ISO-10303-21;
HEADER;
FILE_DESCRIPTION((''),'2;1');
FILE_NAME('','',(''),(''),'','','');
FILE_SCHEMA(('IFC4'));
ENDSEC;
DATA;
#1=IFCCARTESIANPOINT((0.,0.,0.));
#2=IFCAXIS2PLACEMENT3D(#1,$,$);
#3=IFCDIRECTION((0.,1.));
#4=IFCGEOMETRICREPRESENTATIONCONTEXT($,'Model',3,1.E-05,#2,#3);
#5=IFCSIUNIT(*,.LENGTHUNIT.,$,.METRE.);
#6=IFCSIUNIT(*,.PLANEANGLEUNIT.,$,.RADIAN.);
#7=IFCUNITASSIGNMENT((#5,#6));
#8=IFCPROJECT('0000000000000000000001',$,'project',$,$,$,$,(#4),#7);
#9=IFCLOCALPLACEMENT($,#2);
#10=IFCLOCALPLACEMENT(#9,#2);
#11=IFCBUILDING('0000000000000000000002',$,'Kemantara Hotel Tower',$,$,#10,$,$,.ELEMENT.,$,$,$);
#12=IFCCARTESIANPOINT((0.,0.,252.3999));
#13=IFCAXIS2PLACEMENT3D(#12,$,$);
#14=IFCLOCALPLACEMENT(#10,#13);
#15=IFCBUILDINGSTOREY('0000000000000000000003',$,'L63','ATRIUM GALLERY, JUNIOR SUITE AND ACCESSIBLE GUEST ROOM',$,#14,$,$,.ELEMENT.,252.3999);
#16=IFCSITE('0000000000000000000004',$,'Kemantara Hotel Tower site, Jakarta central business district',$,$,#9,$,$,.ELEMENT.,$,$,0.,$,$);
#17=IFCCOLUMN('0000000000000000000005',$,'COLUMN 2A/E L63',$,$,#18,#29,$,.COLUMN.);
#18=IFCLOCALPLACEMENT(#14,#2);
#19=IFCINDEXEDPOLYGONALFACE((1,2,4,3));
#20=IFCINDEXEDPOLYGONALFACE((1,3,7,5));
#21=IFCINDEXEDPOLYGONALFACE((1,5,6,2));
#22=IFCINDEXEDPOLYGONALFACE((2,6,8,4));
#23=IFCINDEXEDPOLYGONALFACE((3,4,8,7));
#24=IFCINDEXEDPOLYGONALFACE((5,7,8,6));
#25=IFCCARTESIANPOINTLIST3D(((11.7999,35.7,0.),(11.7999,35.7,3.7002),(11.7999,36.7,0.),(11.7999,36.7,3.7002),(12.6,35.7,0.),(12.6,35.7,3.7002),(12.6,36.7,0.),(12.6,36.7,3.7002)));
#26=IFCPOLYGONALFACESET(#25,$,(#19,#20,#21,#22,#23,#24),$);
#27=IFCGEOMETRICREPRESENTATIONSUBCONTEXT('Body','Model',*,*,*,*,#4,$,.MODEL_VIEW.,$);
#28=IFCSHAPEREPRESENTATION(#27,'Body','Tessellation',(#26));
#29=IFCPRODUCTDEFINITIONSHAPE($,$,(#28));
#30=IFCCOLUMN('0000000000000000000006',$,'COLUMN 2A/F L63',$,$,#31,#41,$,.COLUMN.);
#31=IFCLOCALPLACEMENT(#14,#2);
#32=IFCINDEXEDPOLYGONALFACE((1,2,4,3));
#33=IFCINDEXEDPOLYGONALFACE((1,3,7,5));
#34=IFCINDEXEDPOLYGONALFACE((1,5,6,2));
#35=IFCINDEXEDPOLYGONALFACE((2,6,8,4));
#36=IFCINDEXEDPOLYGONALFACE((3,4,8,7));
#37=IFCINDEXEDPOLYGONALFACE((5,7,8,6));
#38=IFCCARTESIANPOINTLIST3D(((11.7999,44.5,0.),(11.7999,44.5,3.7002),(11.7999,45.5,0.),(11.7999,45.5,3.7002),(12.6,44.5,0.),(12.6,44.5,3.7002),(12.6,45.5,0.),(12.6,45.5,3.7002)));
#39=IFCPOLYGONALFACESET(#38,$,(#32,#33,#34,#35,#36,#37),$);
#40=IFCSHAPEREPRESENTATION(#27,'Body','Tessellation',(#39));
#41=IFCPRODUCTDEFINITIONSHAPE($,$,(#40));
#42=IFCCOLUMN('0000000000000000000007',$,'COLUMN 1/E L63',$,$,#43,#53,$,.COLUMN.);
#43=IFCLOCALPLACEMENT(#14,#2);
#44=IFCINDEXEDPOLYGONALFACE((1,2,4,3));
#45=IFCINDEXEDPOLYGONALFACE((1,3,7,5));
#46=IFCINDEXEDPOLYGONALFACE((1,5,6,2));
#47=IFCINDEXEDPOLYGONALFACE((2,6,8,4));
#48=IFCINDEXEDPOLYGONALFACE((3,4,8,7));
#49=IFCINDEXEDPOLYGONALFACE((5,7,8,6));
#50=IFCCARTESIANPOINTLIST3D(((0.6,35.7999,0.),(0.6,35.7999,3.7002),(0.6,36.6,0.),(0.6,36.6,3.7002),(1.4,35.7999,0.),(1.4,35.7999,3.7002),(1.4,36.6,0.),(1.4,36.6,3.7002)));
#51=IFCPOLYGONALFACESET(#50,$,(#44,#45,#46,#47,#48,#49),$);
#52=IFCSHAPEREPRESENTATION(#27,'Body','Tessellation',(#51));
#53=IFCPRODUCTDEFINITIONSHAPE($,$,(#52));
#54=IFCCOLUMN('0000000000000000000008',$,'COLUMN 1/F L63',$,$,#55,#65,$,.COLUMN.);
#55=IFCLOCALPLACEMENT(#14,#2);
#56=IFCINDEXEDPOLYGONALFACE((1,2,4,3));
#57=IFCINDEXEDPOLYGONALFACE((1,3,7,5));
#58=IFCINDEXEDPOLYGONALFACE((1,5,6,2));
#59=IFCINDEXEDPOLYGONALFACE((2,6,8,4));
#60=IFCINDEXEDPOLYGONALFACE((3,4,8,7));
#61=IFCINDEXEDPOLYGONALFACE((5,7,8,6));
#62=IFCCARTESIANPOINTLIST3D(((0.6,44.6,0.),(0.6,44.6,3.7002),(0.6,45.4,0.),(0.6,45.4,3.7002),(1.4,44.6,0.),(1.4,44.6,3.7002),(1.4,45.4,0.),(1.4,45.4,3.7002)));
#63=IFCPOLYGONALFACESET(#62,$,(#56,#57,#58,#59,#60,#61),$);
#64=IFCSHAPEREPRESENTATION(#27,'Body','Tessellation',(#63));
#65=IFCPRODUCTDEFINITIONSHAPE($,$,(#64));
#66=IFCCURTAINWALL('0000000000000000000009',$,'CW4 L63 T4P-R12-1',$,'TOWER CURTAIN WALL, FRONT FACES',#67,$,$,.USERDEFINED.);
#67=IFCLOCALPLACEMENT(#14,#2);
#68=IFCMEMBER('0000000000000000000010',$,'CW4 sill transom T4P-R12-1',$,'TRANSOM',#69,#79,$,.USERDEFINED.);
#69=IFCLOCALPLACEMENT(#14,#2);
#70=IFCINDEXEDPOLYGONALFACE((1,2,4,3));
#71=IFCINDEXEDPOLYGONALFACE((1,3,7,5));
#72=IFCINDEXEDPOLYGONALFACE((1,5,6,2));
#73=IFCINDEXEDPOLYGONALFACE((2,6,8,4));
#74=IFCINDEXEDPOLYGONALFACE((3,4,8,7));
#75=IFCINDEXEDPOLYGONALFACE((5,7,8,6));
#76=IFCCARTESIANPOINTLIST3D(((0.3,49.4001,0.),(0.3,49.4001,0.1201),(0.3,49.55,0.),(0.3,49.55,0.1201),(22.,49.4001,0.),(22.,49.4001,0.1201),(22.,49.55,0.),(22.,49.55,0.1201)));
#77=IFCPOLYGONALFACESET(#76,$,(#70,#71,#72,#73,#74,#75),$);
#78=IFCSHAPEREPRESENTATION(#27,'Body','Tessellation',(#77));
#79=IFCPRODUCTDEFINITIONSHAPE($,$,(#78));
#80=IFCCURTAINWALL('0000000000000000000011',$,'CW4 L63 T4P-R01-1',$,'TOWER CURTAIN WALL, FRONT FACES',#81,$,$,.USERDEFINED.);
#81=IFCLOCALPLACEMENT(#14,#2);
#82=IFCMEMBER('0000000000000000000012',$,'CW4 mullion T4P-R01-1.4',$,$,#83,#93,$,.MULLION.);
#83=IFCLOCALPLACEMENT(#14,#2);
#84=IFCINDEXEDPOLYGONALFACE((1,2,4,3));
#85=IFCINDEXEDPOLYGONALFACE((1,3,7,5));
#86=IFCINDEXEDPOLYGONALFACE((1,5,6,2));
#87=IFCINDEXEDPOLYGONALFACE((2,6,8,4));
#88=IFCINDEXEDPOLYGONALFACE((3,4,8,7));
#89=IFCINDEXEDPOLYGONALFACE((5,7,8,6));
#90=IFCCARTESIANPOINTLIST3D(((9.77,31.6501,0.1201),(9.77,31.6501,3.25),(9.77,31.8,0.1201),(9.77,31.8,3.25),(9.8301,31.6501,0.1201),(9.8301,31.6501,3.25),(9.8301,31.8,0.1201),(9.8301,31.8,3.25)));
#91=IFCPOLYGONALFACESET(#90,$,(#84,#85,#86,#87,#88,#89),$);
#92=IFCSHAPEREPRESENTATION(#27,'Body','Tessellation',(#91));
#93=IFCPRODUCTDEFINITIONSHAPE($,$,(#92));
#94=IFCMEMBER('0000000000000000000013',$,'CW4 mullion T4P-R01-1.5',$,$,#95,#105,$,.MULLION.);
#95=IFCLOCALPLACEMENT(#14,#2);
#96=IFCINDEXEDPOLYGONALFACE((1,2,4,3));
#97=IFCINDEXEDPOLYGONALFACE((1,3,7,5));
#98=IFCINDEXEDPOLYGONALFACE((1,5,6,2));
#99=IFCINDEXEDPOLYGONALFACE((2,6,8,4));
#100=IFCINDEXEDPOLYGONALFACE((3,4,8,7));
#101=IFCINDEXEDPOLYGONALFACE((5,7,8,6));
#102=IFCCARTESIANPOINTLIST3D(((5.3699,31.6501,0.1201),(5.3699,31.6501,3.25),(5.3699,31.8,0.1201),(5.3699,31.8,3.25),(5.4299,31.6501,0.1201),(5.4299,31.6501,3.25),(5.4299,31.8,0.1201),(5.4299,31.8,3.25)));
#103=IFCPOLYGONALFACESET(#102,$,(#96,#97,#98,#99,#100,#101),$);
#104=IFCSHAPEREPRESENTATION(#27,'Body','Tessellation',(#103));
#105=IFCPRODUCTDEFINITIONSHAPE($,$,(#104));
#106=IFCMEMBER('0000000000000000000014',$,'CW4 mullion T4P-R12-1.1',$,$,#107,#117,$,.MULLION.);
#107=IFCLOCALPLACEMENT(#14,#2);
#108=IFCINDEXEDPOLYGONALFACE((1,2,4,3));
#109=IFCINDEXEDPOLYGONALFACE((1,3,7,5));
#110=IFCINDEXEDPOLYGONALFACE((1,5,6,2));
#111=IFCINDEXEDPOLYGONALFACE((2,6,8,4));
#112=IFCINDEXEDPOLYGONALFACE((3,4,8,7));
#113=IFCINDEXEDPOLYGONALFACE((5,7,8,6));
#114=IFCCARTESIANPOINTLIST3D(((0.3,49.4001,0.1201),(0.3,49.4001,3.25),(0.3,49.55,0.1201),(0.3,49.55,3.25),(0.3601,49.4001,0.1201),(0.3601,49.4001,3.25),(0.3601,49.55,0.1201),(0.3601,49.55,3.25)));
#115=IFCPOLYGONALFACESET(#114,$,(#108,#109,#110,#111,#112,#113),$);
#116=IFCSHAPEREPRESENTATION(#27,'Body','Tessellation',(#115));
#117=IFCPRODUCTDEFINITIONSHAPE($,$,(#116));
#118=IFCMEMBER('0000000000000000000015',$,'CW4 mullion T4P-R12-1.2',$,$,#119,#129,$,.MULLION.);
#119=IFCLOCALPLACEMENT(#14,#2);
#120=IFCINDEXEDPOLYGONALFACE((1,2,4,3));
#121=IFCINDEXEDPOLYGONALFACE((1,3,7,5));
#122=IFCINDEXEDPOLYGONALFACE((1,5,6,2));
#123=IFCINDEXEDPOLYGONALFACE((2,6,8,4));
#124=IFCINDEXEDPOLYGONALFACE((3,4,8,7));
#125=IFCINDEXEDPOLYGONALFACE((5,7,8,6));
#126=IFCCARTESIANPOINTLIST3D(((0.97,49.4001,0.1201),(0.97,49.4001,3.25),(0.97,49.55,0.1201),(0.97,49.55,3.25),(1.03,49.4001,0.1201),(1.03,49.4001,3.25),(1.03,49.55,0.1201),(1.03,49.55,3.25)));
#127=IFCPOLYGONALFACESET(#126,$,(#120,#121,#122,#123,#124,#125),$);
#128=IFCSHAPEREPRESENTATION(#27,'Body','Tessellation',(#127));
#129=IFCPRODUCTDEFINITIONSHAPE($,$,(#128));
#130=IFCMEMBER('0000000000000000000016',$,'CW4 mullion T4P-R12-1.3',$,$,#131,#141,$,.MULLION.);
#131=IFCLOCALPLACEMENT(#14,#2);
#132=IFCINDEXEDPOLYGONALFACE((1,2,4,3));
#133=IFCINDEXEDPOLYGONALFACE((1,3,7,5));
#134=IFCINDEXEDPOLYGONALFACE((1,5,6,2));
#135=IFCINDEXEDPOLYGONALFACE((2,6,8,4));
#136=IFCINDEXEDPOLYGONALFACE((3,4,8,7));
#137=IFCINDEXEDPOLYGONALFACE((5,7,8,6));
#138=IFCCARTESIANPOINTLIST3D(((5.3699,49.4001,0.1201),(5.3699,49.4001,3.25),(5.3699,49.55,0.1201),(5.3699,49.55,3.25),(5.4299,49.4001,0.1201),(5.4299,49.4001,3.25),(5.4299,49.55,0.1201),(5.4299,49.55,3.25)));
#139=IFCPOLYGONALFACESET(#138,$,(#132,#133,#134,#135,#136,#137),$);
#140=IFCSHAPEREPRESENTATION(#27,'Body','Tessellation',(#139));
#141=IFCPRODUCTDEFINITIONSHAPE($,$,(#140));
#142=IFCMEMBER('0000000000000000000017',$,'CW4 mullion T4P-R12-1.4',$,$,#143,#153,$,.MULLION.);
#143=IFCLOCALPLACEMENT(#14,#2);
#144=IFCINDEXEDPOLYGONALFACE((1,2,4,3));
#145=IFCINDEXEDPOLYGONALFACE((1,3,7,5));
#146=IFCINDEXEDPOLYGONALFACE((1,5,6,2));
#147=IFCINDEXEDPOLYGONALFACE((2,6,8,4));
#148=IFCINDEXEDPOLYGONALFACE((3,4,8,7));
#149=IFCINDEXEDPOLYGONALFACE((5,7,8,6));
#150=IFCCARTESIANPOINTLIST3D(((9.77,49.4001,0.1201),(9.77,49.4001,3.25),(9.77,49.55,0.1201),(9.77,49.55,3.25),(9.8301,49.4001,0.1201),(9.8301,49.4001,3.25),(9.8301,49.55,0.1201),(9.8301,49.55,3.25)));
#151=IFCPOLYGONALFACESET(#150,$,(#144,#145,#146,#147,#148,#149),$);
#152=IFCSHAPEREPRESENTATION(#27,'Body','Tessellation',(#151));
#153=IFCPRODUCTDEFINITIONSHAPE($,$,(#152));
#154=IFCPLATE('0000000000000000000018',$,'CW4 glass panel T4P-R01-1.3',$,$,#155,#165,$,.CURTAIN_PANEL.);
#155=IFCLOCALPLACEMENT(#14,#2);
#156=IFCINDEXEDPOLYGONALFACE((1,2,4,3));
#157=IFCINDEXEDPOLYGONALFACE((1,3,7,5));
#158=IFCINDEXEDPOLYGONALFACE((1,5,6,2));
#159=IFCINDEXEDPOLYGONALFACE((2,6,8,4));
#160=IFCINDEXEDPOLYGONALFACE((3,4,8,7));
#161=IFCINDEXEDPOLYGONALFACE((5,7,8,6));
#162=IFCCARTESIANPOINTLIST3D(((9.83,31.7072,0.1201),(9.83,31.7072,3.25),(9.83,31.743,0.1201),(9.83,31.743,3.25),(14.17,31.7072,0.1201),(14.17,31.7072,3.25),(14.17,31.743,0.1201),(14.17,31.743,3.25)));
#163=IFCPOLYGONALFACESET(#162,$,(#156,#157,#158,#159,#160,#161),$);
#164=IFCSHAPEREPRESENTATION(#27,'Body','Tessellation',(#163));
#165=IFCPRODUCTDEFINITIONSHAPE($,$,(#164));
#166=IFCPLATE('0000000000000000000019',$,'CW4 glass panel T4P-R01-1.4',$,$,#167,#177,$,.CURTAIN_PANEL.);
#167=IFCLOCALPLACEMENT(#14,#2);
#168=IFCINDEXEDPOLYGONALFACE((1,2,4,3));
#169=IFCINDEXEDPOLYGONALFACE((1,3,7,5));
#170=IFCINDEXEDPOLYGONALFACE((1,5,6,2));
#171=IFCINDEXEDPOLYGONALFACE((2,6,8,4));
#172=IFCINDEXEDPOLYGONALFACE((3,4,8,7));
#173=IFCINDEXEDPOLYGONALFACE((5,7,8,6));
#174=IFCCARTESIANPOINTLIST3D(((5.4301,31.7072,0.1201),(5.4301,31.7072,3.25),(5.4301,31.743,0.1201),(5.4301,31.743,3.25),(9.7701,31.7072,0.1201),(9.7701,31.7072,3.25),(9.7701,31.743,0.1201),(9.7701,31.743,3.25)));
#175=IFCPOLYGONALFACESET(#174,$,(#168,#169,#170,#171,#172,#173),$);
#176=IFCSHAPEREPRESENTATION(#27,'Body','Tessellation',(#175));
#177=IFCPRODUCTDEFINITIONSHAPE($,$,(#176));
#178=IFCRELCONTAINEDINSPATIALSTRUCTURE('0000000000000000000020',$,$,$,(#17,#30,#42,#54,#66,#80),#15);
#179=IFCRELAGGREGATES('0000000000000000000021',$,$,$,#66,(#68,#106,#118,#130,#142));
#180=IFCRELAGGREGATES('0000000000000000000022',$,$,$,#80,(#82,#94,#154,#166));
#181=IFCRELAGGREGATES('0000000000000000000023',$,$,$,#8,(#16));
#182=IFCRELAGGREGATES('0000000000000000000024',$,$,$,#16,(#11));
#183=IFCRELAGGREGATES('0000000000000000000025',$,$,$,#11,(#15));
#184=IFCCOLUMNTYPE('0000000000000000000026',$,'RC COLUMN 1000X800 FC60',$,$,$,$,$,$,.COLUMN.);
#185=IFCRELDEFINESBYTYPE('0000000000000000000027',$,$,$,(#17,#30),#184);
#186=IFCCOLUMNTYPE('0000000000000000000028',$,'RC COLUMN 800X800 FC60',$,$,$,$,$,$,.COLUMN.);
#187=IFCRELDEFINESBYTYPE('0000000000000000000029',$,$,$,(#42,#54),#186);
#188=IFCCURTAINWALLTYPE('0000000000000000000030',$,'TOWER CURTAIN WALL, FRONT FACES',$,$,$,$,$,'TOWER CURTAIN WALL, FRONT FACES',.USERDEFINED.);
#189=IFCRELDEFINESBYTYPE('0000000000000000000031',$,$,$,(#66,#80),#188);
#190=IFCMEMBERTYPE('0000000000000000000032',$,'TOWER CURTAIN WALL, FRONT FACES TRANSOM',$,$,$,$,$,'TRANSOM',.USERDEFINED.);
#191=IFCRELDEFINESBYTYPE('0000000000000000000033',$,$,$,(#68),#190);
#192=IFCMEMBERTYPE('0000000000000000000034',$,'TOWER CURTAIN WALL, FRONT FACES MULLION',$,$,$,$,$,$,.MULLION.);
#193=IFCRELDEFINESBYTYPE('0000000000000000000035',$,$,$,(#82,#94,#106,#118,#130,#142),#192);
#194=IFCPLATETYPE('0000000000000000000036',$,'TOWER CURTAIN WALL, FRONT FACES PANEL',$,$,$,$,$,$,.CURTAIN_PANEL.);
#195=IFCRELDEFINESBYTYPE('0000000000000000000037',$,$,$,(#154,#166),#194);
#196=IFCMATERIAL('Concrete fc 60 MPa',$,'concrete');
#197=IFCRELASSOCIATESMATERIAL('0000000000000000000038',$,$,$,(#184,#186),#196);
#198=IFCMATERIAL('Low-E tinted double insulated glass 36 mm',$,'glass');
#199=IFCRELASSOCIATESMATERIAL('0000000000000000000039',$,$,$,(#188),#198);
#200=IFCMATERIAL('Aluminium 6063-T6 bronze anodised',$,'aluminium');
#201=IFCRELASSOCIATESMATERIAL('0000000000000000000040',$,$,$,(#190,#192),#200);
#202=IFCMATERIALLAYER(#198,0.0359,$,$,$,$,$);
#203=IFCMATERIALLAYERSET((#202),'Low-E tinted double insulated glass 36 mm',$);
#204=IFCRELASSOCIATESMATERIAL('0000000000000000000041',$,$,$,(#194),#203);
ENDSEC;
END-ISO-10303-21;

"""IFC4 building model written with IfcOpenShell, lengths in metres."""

from ifc_helpers import new_model, si_unit, direction, frame, origin, origin_2d, place, context, subcontext, project, spatial, rectangle, extrude, source, transform, mapped, material, layer, layer_set, material_profile, profile_set, type_object, element, aggregate, save


model = new_model("IFC4")

# Units and contexts
model_context = context("Model", 3, precision=1e-05, world=origin(), true_north=direction((0.0, 1.0)))
body_context = subcontext(model_context, "Body", "Model", "MODEL_VIEW")
ifc_project = project(units=[si_unit("LENGTHUNIT", "METRE"), si_unit("PLANEANGLEUNIT", "RADIAN")], contexts=[model_context])

# Site, building, storey
site_placement = place(None, origin())
site = spatial("IfcSite", under=ifc_project, at=site_placement, Name="Kemantara Hotel Tower site, Jakarta central business district", CompositionType="ELEMENT", RefElevation=0.0)
building_placement = place(site_placement, origin())
building = spatial("IfcBuilding", under=site, at=building_placement, Name="Kemantara Hotel Tower", CompositionType="ELEMENT")
storey_placement = place(building_placement, frame((0.0, 0.0, 252.3999)))
storey = spatial("IfcBuildingStorey", under=building, at=storey_placement, Name="L63", Description="ATRIUM GALLERY, JUNIOR SUITE AND ACCESSIBLE GUEST ROOM", CompositionType="ELEMENT", Elevation=252.3999)

# Columns
ifc_material_1 = material(Name="Concrete fc 60 MPa", Category="concrete")
ifc_material_profile_1 = material_profile(ifc_material_1, rectangle(XDim=1.0, YDim=0.8, at=origin_2d()), Name="RC 1000X800")
ifc_profile_set_1 = profile_set([ifc_material_profile_1], Name="Concrete fc 60 MPa")
column_type_1 = type_object("IfcColumnType", Name="RC COLUMN 1000X800 FC60", PredefinedType="COLUMN", material=ifc_profile_set_1)
for number, where, z_axis, x_axis, name in (
    (1, (12.2, 36.2, 0.0), (0.0, 0.0, 1.0), (0.0, 1.0, 0.0), "COLUMN 2A/E L63"),
    (2, (12.2, 45.0, 0.0), (0.0, 0.0, 1.0), (0.0, 1.0, 0.0), "COLUMN 2A/F L63"),
):
    element("IfcColumn", number, at=place(storey_placement, frame(where, z_axis=z_axis, x_axis=x_axis)), inside=storey, type_object=column_type_1, Name=name, PredefinedType="COLUMN", context=body_context, shape_type="SweptSolid", body=[
        extrude(rectangle(XDim=1.0, YDim=0.8, at=origin_2d()), origin(), (0.0, 0.0, 1.0), 3.7002),
    ])
ifc_material_profile_2 = material_profile(ifc_material_1, rectangle(XDim=0.8, YDim=0.8, at=origin_2d()), Name="RC 800X800")
ifc_profile_set_2 = profile_set([ifc_material_profile_2], Name="Concrete fc 60 MPa")
column_type_2 = type_object("IfcColumnType", Name="RC COLUMN 800X800 FC60", PredefinedType="COLUMN", material=ifc_profile_set_2)
for number, where, z_axis, x_axis, name in (
    (3, (1.0, 36.2, 0.0), (0.0, 0.0, 1.0), (1.0, 0.0, 0.0), "COLUMN 1/E L63"),
    (4, (1.0, 45.0, 0.0), (0.0, 0.0, 1.0), (1.0, 0.0, 0.0), "COLUMN 1/F L63"),
):
    element("IfcColumn", number, at=place(storey_placement, frame(where, z_axis=z_axis, x_axis=x_axis)), inside=storey, type_object=column_type_2, Name=name, PredefinedType="COLUMN", context=body_context, shape_type="SweptSolid", body=[
        extrude(rectangle(XDim=0.8, YDim=0.8, at=origin_2d()), origin(), (0.0, 0.0, 1.0), 3.7002),
    ])

# Curtain wall, member
ifc_material_2 = material(Name="Low-E tinted double insulated glass 36 mm", Category="glass")
curtain_wall_type = type_object("IfcCurtainWallType", Name="TOWER CURTAIN WALL, FRONT FACES", ElementType="TOWER CURTAIN WALL, FRONT FACES", PredefinedType="USERDEFINED", material=ifc_material_2)
curtain_wall_1_placement = place(storey_placement, origin())
curtain_wall_1 = element("IfcCurtainWall", 5, at=curtain_wall_1_placement, inside=storey, type_object=curtain_wall_type, Name="CW4 L63 T4P-R12-1", ObjectType="TOWER CURTAIN WALL, FRONT FACES", PredefinedType="USERDEFINED")
ifc_material_3 = material(Name="Aluminium 6063-T6 bronze anodised", Category="aluminium")
ifc_material_profile_3 = material_profile(ifc_material_3, rectangle(XDim=0.1499, YDim=0.1201, at=origin_2d()), Name="TOWER CURTAIN WALL, FRONT FACES TRANSOM")
ifc_profile_set_3 = profile_set([ifc_material_profile_3], Name="Aluminium 6063-T6 bronze anodised")
member_type_1 = type_object("IfcMemberType", Name="TOWER CURTAIN WALL, FRONT FACES TRANSOM", ElementType="TRANSOM", PredefinedType="USERDEFINED", material=ifc_profile_set_3)
member_1_placement = place(storey_placement, frame((0.3, 49.4751, 0.0601), z_axis=(1.0, 0.0, 0.0), x_axis=(0.0, 1.0, 0.0)))
member_1 = element("IfcMember", 6, at=member_1_placement, type_object=member_type_1, Name="CW4 sill transom T4P-R12-1", ObjectType="TRANSOM", PredefinedType="USERDEFINED", context=body_context, shape_type="SweptSolid", body=[
    extrude(rectangle(XDim=0.1499, YDim=0.1201, at=origin_2d()), origin(), (0.0, 0.0, 1.0), 21.7),
])

# Curtain wall, members
curtain_wall_2_placement = place(storey_placement, origin())
curtain_wall_2 = element("IfcCurtainWall", 7, at=curtain_wall_2_placement, inside=storey, type_object=curtain_wall_type, Name="CW4 L63 T4P-R01-1", ObjectType="TOWER CURTAIN WALL, FRONT FACES", PredefinedType="USERDEFINED")
ifc_material_profile_4 = material_profile(ifc_material_3, rectangle(XDim=0.1499, YDim=0.0601, at=origin_2d()), Name="TOWER CURTAIN WALL, FRONT FACES MULLION")
ifc_profile_set_4 = profile_set([ifc_material_profile_4], Name="Aluminium 6063-T6 bronze anodised")
member_type_2 = type_object("IfcMemberType", Name="TOWER CURTAIN WALL, FRONT FACES MULLION", PredefinedType="MULLION", material=ifc_profile_set_4)
shared_shape_1 = source(origin(), body_context, "Body", "SweptSolid", [
    extrude(rectangle(XDim=0.1499, YDim=0.0601, at=origin_2d()), origin(), (0.0, 0.0, 1.0), 3.1299),
])
member_2_placement = place(storey_placement, frame((9.8, 31.7251, 0.1201), z_axis=(0.0, 0.0, 1.0), x_axis=(0.0, -1.0, 0.0)))
member_2 = element("IfcMember", 8, at=member_2_placement, type_object=member_type_2, Name="CW4 mullion T4P-R01-1.4", PredefinedType="MULLION", context=body_context, shape_type="MappedRepresentation", body=[
    mapped(shared_shape_1, transform((0.0, 0.0, 0.0))),
])
member_3_placement = place(storey_placement, frame((5.3999, 31.7251, 0.1201), z_axis=(0.0, 0.0, 1.0), x_axis=(0.0, -1.0, 0.0)))
member_3 = element("IfcMember", 9, at=member_3_placement, type_object=member_type_2, Name="CW4 mullion T4P-R01-1.5", PredefinedType="MULLION", context=body_context, shape_type="MappedRepresentation", body=[
    mapped(shared_shape_1, transform((0.0, 0.0, 0.0))),
])

# Members
member_4_placement = place(storey_placement, frame((0.3301, 49.4751, 0.1201), z_axis=(0.0, 0.0, 1.0), x_axis=(0.0, 1.0, 0.0)))
member_4 = element("IfcMember", 10, at=member_4_placement, type_object=member_type_2, Name="CW4 mullion T4P-R12-1.1", PredefinedType="MULLION", context=body_context, shape_type="MappedRepresentation", body=[
    mapped(shared_shape_1, transform((0.0, 0.0, 0.0))),
])
member_5_placement = place(storey_placement, frame((1.0, 49.4751, 0.1201), z_axis=(0.0, 0.0, 1.0), x_axis=(0.0, 1.0, 0.0)))
member_5 = element("IfcMember", 11, at=member_5_placement, type_object=member_type_2, Name="CW4 mullion T4P-R12-1.2", PredefinedType="MULLION", context=body_context, shape_type="MappedRepresentation", body=[
    mapped(shared_shape_1, transform((0.0, 0.0, 0.0))),
])
member_6_placement = place(storey_placement, frame((5.3999, 49.4751, 0.1201), z_axis=(0.0, 0.0, 1.0), x_axis=(0.0, 1.0, 0.0)))
member_6 = element("IfcMember", 12, at=member_6_placement, type_object=member_type_2, Name="CW4 mullion T4P-R12-1.3", PredefinedType="MULLION", context=body_context, shape_type="MappedRepresentation", body=[
    mapped(shared_shape_1, transform((0.0, 0.0, 0.0))),
])
member_7_placement = place(storey_placement, frame((9.8, 49.4751, 0.1201), z_axis=(0.0, 0.0, 1.0), x_axis=(0.0, 1.0, 0.0)))
member_7 = element("IfcMember", 13, at=member_7_placement, type_object=member_type_2, Name="CW4 mullion T4P-R12-1.4", PredefinedType="MULLION", context=body_context, shape_type="MappedRepresentation", body=[
    mapped(shared_shape_1, transform((0.0, 0.0, 0.0))),
])
aggregate(curtain_wall_1, [member_1, member_4, member_5, member_6, member_7])

# Plates
ifc_layer_1 = layer(ifc_material_2, 0.0359)
ifc_layer_set_1 = layer_set([ifc_layer_1], Name="Low-E tinted double insulated glass 36 mm")
plate_type = type_object("IfcPlateType", Name="TOWER CURTAIN WALL, FRONT FACES PANEL", PredefinedType="CURTAIN_PANEL", material=ifc_layer_set_1)
shared_shape_2 = source(origin(), body_context, "Body", "SweptSolid", [
    extrude(rectangle(XDim=4.3401, YDim=0.0359, at=origin_2d()), origin(), (0.0, 0.0, 1.0), 3.1299),
])
plate_1_placement = place(storey_placement, frame((12.0, 31.7251, 0.1201), z_axis=(0.0, 0.0, 1.0), x_axis=(-1.0, 0.0, 0.0)))
plate_1 = element("IfcPlate", 14, at=plate_1_placement, type_object=plate_type, Name="CW4 glass panel T4P-R01-1.3", PredefinedType="CURTAIN_PANEL", context=body_context, shape_type="MappedRepresentation", body=[
    mapped(shared_shape_2, transform((0.0, 0.0, 0.0))),
])
plate_2_placement = place(storey_placement, frame((7.6001, 31.7251, 0.1201), z_axis=(0.0, 0.0, 1.0), x_axis=(-1.0, 0.0, 0.0)))
plate_2 = element("IfcPlate", 15, at=plate_2_placement, type_object=plate_type, Name="CW4 glass panel T4P-R01-1.4", PredefinedType="CURTAIN_PANEL", context=body_context, shape_type="MappedRepresentation", body=[
    mapped(shared_shape_2, transform((0.0, 0.0, 0.0))),
])
aggregate(curtain_wall_2, [member_2, member_3, plate_1, plate_2])

save(model, "model.ifc")
